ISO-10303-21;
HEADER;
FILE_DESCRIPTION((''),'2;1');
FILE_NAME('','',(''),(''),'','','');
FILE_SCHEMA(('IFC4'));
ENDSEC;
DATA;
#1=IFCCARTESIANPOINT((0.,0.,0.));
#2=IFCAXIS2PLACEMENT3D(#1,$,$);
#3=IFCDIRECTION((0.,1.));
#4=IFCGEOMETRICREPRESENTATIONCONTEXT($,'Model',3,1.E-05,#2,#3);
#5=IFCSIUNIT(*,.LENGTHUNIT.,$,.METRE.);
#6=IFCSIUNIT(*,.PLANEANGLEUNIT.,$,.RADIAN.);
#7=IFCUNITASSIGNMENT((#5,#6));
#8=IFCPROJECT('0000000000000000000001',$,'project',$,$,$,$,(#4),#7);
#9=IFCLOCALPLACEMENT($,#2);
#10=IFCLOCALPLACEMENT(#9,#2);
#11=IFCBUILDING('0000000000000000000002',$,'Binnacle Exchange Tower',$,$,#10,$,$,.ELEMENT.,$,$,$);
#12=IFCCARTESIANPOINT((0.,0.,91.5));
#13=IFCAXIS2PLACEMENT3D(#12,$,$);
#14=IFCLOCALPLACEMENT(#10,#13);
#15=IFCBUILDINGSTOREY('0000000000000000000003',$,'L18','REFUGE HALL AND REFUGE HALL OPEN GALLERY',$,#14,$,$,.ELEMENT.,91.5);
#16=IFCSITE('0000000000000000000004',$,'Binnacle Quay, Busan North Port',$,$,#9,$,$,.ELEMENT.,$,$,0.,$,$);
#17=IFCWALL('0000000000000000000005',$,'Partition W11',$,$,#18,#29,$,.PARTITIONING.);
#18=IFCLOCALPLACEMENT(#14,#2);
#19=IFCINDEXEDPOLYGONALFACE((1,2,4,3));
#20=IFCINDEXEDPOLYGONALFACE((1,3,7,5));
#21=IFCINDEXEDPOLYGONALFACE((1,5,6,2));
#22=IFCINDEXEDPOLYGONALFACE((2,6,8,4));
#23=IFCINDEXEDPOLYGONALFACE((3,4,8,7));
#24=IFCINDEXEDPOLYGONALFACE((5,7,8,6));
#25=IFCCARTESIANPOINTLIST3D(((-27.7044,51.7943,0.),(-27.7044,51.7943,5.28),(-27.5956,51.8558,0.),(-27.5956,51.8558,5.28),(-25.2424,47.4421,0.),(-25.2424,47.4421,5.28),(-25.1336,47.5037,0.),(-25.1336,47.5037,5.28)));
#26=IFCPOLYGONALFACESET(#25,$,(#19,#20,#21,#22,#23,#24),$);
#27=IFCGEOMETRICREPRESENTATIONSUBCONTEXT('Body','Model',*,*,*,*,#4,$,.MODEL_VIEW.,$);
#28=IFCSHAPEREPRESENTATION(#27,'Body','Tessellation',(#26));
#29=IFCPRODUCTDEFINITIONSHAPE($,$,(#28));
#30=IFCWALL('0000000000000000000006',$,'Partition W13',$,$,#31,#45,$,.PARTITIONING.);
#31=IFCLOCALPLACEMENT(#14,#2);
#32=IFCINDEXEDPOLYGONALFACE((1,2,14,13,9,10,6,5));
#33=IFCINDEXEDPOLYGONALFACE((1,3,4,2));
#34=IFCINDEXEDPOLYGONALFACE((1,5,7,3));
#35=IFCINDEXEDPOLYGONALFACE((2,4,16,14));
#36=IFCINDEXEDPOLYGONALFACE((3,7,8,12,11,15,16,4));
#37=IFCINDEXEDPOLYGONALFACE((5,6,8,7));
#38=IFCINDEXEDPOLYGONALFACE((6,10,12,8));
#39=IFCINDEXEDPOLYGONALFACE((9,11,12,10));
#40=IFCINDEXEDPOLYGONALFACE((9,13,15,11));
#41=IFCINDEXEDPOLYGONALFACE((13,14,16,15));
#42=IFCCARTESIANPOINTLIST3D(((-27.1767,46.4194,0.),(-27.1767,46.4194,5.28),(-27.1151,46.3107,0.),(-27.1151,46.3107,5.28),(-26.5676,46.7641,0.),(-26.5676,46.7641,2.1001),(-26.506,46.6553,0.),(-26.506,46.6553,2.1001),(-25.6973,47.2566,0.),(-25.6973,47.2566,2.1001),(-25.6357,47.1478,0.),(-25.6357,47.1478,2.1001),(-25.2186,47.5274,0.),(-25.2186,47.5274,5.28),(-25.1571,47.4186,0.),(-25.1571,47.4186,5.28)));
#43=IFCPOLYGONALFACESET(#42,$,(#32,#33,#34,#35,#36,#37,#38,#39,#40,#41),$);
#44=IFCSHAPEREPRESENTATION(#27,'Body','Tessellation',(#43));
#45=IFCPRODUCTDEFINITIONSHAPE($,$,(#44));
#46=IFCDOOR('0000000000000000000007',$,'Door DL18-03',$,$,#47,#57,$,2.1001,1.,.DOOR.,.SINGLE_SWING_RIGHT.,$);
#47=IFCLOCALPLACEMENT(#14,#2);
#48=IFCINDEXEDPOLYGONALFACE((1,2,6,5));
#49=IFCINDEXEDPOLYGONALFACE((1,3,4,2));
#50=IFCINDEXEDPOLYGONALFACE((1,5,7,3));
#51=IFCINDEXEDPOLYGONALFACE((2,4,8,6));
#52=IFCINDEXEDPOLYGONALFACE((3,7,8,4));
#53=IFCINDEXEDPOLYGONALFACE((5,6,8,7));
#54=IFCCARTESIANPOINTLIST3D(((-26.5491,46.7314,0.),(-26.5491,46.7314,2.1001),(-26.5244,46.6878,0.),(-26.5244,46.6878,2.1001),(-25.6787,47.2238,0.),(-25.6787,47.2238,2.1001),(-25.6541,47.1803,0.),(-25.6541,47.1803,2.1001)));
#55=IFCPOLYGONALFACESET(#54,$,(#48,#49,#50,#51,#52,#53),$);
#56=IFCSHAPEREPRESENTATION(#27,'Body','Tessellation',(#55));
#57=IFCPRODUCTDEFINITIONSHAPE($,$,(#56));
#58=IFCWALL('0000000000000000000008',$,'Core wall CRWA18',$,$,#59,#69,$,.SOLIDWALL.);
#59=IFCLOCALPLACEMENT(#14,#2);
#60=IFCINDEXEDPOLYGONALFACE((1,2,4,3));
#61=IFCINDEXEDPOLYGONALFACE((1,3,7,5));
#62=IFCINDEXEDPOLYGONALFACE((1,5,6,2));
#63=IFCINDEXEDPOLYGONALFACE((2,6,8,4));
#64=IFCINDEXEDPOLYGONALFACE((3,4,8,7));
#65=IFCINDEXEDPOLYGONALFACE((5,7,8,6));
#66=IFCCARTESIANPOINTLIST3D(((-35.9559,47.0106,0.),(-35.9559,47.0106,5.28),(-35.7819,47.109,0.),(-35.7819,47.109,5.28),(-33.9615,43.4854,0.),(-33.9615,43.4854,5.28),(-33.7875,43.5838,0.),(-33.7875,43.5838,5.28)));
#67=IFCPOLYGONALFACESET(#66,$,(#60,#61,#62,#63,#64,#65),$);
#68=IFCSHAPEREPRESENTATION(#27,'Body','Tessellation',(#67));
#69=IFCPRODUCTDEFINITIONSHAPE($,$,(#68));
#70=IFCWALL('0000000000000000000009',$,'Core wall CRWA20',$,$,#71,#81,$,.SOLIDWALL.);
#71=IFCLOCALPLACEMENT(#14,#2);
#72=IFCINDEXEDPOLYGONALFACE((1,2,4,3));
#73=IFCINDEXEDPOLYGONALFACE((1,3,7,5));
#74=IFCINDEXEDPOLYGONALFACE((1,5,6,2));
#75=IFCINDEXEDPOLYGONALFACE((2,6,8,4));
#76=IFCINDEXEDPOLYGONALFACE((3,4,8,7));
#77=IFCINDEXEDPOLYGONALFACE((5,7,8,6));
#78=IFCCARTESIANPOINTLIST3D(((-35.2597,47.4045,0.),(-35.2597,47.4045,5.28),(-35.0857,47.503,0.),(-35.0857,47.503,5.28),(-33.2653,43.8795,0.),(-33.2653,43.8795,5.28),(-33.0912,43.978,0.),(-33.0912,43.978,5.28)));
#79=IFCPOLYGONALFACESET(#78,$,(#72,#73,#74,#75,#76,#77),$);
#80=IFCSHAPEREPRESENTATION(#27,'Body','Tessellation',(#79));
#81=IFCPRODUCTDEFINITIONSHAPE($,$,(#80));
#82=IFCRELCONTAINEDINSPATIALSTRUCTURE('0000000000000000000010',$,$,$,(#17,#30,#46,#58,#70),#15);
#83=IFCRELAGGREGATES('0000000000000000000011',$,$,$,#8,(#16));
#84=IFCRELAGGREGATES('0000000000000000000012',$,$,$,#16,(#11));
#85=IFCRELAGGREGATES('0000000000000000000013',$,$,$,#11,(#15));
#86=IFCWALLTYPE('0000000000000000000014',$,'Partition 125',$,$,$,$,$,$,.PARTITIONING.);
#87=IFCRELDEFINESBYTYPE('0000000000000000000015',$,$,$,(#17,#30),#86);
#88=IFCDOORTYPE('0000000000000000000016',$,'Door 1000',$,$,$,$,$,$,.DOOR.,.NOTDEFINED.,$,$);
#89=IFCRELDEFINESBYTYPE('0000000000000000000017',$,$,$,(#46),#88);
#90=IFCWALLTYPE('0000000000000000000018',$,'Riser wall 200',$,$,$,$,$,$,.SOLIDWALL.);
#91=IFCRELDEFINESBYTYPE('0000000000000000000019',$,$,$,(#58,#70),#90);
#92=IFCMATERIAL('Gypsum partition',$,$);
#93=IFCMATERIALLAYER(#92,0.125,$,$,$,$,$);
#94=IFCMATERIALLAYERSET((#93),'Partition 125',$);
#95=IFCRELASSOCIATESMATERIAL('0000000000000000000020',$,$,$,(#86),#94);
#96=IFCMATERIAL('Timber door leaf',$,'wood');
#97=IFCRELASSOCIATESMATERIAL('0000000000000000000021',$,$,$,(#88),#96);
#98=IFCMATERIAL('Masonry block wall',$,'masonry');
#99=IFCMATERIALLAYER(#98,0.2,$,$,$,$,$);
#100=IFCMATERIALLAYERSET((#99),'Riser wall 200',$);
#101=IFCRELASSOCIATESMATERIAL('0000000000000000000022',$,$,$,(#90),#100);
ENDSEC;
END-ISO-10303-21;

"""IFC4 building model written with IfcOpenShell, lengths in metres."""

from ifc_helpers import new_model, si_unit, direction, frame, frame_2d, origin, place, context, subcontext, project, spatial, rectangle, extrude, material, layer, layer_set, type_object, element, fill, save


model = new_model("IFC4")

# Units and contexts
model_context = context("Model", 3, precision=1e-05, world=origin(), true_north=direction((0.0, 1.0)))
body_context = subcontext(model_context, "Body", "Model", "MODEL_VIEW")
ifc_project = project(units=[si_unit("LENGTHUNIT", "METRE"), si_unit("PLANEANGLEUNIT", "RADIAN")], contexts=[model_context])

# Site, building, storey
site_placement = place(None, origin())
site = spatial("IfcSite", under=ifc_project, at=site_placement, Name="Binnacle Quay, Busan North Port", CompositionType="ELEMENT", RefElevation=0.0)
building_placement = place(site_placement, origin())
building = spatial("IfcBuilding", under=site, at=building_placement, Name="Binnacle Exchange Tower", CompositionType="ELEMENT")
storey_placement = place(building_placement, frame((0.0, 0.0, 91.5)))
storey = spatial("IfcBuildingStorey", under=building, at=storey_placement, Name="L18", Description="REFUGE HALL AND REFUGE HALL OPEN GALLERY", CompositionType="ELEMENT", Elevation=91.5)

# Wall
ifc_material_1 = material(Name="Gypsum partition")
ifc_layer_1 = layer(ifc_material_1, 0.125)
ifc_layer_set_1 = layer_set([ifc_layer_1], Name="Partition 125")
wall_type_1 = type_object("IfcWallType", Name="Partition 125", PredefinedType="PARTITIONING", material=ifc_layer_set_1)
wall_1_placement = place(storey_placement, frame((-27.6499, 51.825, 0.0), z_axis=(0.0, 0.0, 1.0), x_axis=(0.492369, -0.870386, 0.0)))
element("IfcWall", 1, at=wall_1_placement, inside=storey, type_object=wall_type_1, Name="Partition W11", PredefinedType="PARTITIONING", context=body_context, shape_type="SweptSolid", body=[
    extrude(rectangle(XDim=5.0002, YDim=0.125, at=frame_2d((2.5, 0.0))), origin(), (0.0, 0.0, 1.0), 5.28),
])

# Wall, opening, door
wall_2_placement = place(storey_placement, frame((-27.146, 46.365, 0.0), z_axis=(0.0, 0.0, 1.0), x_axis=(0.870332, 0.492465, 0.0)))
wall_2 = element("IfcWall", 2, at=wall_2_placement, inside=storey, type_object=wall_type_1, Name="Partition W13", PredefinedType="PARTITIONING", context=body_context, shape_type="SweptSolid", body=[
    extrude(rectangle(XDim=2.2498, YDim=0.125, at=frame_2d((1.125, 0.0))), origin(), (0.0, 0.0, 1.0), 5.28),
])
opening_1_placement = place(wall_2_placement, frame((0.7, 0.0, 0.0)))
opening_1 = element("IfcOpeningElement", 3, at=opening_1_placement, cuts=wall_2, PredefinedType="OPENING", context=body_context, shape_type="SweptSolid", body=[
    extrude(rectangle(XDim=1.0, YDim=2.1001, at=frame_2d((0.5, 1.05))), frame((0.0, 0.0725, 0.0), z_axis=(0.0, -1.0, 0.0), x_axis=(1.0, 0.0, 0.0)), (0.0, 0.0, 1.0), 0.145),
])
ifc_material_2 = material(Name="Timber door leaf", Category="wood")
door_type_1 = type_object("IfcDoorType", Name="Door 1000", OperationType="NOTDEFINED", PredefinedType="DOOR", material=ifc_material_2)
door_1_placement = place(opening_1_placement, origin())
door_1 = element("IfcDoor", 4, at=door_1_placement, inside=storey, type_object=door_type_1, Name="Door DL18-03", OperationType="SINGLE_SWING_RIGHT", OverallHeight=2.1001, OverallWidth=1.0, PredefinedType="DOOR", context=body_context, shape_type="SweptSolid", body=[
    extrude(rectangle(XDim=1.0, YDim=2.1001, at=frame_2d((0.5, 1.05))), frame((0.0, 0.0249, 0.0), z_axis=(0.0, -1.0, 0.0), x_axis=(1.0, 0.0, 0.0)), (0.0, 0.0, 1.0), 0.05),
])
fill(opening_1, door_1)

# Walls
ifc_material_3 = material(Name="Masonry block wall", Category="masonry")
ifc_layer_2 = layer(ifc_material_3, 0.2)
ifc_layer_set_2 = layer_set([ifc_layer_2], Name="Riser wall 200")
wall_type_2 = type_object("IfcWallType", Name="Riser wall 200", PredefinedType="SOLIDWALL", material=ifc_layer_set_2)
wall_3_placement = place(storey_placement, frame((-35.8689, 47.0598, 0.0), z_axis=(0.0, 0.0, 1.0), x_axis=(0.492415, -0.870361, 0.0)))
element("IfcWall", 5, at=wall_3_placement, inside=storey, type_object=wall_type_2, Name="Core wall CRWA18", PredefinedType="SOLIDWALL", context=body_context, shape_type="SweptSolid", body=[
    extrude(rectangle(XDim=4.0503, YDim=0.2, at=frame_2d((2.0251, 0.0))), origin(), (0.0, 0.0, 1.0), 5.28),
])
wall_4_placement = place(storey_placement, frame((-35.1726, 47.4536, 0.0), z_axis=(0.0, 0.0, 1.0), x_axis=(0.492441, -0.870346, 0.0)))
element("IfcWall", 6, at=wall_4_placement, inside=storey, type_object=wall_type_2, Name="Core wall CRWA20", PredefinedType="SOLIDWALL", context=body_context, shape_type="SweptSolid", body=[
    extrude(rectangle(XDim=4.05, YDim=0.2, at=frame_2d((2.0249, 0.0))), origin(), (0.0, 0.0, 1.0), 5.28),
])

save(model, "model.ifc")
